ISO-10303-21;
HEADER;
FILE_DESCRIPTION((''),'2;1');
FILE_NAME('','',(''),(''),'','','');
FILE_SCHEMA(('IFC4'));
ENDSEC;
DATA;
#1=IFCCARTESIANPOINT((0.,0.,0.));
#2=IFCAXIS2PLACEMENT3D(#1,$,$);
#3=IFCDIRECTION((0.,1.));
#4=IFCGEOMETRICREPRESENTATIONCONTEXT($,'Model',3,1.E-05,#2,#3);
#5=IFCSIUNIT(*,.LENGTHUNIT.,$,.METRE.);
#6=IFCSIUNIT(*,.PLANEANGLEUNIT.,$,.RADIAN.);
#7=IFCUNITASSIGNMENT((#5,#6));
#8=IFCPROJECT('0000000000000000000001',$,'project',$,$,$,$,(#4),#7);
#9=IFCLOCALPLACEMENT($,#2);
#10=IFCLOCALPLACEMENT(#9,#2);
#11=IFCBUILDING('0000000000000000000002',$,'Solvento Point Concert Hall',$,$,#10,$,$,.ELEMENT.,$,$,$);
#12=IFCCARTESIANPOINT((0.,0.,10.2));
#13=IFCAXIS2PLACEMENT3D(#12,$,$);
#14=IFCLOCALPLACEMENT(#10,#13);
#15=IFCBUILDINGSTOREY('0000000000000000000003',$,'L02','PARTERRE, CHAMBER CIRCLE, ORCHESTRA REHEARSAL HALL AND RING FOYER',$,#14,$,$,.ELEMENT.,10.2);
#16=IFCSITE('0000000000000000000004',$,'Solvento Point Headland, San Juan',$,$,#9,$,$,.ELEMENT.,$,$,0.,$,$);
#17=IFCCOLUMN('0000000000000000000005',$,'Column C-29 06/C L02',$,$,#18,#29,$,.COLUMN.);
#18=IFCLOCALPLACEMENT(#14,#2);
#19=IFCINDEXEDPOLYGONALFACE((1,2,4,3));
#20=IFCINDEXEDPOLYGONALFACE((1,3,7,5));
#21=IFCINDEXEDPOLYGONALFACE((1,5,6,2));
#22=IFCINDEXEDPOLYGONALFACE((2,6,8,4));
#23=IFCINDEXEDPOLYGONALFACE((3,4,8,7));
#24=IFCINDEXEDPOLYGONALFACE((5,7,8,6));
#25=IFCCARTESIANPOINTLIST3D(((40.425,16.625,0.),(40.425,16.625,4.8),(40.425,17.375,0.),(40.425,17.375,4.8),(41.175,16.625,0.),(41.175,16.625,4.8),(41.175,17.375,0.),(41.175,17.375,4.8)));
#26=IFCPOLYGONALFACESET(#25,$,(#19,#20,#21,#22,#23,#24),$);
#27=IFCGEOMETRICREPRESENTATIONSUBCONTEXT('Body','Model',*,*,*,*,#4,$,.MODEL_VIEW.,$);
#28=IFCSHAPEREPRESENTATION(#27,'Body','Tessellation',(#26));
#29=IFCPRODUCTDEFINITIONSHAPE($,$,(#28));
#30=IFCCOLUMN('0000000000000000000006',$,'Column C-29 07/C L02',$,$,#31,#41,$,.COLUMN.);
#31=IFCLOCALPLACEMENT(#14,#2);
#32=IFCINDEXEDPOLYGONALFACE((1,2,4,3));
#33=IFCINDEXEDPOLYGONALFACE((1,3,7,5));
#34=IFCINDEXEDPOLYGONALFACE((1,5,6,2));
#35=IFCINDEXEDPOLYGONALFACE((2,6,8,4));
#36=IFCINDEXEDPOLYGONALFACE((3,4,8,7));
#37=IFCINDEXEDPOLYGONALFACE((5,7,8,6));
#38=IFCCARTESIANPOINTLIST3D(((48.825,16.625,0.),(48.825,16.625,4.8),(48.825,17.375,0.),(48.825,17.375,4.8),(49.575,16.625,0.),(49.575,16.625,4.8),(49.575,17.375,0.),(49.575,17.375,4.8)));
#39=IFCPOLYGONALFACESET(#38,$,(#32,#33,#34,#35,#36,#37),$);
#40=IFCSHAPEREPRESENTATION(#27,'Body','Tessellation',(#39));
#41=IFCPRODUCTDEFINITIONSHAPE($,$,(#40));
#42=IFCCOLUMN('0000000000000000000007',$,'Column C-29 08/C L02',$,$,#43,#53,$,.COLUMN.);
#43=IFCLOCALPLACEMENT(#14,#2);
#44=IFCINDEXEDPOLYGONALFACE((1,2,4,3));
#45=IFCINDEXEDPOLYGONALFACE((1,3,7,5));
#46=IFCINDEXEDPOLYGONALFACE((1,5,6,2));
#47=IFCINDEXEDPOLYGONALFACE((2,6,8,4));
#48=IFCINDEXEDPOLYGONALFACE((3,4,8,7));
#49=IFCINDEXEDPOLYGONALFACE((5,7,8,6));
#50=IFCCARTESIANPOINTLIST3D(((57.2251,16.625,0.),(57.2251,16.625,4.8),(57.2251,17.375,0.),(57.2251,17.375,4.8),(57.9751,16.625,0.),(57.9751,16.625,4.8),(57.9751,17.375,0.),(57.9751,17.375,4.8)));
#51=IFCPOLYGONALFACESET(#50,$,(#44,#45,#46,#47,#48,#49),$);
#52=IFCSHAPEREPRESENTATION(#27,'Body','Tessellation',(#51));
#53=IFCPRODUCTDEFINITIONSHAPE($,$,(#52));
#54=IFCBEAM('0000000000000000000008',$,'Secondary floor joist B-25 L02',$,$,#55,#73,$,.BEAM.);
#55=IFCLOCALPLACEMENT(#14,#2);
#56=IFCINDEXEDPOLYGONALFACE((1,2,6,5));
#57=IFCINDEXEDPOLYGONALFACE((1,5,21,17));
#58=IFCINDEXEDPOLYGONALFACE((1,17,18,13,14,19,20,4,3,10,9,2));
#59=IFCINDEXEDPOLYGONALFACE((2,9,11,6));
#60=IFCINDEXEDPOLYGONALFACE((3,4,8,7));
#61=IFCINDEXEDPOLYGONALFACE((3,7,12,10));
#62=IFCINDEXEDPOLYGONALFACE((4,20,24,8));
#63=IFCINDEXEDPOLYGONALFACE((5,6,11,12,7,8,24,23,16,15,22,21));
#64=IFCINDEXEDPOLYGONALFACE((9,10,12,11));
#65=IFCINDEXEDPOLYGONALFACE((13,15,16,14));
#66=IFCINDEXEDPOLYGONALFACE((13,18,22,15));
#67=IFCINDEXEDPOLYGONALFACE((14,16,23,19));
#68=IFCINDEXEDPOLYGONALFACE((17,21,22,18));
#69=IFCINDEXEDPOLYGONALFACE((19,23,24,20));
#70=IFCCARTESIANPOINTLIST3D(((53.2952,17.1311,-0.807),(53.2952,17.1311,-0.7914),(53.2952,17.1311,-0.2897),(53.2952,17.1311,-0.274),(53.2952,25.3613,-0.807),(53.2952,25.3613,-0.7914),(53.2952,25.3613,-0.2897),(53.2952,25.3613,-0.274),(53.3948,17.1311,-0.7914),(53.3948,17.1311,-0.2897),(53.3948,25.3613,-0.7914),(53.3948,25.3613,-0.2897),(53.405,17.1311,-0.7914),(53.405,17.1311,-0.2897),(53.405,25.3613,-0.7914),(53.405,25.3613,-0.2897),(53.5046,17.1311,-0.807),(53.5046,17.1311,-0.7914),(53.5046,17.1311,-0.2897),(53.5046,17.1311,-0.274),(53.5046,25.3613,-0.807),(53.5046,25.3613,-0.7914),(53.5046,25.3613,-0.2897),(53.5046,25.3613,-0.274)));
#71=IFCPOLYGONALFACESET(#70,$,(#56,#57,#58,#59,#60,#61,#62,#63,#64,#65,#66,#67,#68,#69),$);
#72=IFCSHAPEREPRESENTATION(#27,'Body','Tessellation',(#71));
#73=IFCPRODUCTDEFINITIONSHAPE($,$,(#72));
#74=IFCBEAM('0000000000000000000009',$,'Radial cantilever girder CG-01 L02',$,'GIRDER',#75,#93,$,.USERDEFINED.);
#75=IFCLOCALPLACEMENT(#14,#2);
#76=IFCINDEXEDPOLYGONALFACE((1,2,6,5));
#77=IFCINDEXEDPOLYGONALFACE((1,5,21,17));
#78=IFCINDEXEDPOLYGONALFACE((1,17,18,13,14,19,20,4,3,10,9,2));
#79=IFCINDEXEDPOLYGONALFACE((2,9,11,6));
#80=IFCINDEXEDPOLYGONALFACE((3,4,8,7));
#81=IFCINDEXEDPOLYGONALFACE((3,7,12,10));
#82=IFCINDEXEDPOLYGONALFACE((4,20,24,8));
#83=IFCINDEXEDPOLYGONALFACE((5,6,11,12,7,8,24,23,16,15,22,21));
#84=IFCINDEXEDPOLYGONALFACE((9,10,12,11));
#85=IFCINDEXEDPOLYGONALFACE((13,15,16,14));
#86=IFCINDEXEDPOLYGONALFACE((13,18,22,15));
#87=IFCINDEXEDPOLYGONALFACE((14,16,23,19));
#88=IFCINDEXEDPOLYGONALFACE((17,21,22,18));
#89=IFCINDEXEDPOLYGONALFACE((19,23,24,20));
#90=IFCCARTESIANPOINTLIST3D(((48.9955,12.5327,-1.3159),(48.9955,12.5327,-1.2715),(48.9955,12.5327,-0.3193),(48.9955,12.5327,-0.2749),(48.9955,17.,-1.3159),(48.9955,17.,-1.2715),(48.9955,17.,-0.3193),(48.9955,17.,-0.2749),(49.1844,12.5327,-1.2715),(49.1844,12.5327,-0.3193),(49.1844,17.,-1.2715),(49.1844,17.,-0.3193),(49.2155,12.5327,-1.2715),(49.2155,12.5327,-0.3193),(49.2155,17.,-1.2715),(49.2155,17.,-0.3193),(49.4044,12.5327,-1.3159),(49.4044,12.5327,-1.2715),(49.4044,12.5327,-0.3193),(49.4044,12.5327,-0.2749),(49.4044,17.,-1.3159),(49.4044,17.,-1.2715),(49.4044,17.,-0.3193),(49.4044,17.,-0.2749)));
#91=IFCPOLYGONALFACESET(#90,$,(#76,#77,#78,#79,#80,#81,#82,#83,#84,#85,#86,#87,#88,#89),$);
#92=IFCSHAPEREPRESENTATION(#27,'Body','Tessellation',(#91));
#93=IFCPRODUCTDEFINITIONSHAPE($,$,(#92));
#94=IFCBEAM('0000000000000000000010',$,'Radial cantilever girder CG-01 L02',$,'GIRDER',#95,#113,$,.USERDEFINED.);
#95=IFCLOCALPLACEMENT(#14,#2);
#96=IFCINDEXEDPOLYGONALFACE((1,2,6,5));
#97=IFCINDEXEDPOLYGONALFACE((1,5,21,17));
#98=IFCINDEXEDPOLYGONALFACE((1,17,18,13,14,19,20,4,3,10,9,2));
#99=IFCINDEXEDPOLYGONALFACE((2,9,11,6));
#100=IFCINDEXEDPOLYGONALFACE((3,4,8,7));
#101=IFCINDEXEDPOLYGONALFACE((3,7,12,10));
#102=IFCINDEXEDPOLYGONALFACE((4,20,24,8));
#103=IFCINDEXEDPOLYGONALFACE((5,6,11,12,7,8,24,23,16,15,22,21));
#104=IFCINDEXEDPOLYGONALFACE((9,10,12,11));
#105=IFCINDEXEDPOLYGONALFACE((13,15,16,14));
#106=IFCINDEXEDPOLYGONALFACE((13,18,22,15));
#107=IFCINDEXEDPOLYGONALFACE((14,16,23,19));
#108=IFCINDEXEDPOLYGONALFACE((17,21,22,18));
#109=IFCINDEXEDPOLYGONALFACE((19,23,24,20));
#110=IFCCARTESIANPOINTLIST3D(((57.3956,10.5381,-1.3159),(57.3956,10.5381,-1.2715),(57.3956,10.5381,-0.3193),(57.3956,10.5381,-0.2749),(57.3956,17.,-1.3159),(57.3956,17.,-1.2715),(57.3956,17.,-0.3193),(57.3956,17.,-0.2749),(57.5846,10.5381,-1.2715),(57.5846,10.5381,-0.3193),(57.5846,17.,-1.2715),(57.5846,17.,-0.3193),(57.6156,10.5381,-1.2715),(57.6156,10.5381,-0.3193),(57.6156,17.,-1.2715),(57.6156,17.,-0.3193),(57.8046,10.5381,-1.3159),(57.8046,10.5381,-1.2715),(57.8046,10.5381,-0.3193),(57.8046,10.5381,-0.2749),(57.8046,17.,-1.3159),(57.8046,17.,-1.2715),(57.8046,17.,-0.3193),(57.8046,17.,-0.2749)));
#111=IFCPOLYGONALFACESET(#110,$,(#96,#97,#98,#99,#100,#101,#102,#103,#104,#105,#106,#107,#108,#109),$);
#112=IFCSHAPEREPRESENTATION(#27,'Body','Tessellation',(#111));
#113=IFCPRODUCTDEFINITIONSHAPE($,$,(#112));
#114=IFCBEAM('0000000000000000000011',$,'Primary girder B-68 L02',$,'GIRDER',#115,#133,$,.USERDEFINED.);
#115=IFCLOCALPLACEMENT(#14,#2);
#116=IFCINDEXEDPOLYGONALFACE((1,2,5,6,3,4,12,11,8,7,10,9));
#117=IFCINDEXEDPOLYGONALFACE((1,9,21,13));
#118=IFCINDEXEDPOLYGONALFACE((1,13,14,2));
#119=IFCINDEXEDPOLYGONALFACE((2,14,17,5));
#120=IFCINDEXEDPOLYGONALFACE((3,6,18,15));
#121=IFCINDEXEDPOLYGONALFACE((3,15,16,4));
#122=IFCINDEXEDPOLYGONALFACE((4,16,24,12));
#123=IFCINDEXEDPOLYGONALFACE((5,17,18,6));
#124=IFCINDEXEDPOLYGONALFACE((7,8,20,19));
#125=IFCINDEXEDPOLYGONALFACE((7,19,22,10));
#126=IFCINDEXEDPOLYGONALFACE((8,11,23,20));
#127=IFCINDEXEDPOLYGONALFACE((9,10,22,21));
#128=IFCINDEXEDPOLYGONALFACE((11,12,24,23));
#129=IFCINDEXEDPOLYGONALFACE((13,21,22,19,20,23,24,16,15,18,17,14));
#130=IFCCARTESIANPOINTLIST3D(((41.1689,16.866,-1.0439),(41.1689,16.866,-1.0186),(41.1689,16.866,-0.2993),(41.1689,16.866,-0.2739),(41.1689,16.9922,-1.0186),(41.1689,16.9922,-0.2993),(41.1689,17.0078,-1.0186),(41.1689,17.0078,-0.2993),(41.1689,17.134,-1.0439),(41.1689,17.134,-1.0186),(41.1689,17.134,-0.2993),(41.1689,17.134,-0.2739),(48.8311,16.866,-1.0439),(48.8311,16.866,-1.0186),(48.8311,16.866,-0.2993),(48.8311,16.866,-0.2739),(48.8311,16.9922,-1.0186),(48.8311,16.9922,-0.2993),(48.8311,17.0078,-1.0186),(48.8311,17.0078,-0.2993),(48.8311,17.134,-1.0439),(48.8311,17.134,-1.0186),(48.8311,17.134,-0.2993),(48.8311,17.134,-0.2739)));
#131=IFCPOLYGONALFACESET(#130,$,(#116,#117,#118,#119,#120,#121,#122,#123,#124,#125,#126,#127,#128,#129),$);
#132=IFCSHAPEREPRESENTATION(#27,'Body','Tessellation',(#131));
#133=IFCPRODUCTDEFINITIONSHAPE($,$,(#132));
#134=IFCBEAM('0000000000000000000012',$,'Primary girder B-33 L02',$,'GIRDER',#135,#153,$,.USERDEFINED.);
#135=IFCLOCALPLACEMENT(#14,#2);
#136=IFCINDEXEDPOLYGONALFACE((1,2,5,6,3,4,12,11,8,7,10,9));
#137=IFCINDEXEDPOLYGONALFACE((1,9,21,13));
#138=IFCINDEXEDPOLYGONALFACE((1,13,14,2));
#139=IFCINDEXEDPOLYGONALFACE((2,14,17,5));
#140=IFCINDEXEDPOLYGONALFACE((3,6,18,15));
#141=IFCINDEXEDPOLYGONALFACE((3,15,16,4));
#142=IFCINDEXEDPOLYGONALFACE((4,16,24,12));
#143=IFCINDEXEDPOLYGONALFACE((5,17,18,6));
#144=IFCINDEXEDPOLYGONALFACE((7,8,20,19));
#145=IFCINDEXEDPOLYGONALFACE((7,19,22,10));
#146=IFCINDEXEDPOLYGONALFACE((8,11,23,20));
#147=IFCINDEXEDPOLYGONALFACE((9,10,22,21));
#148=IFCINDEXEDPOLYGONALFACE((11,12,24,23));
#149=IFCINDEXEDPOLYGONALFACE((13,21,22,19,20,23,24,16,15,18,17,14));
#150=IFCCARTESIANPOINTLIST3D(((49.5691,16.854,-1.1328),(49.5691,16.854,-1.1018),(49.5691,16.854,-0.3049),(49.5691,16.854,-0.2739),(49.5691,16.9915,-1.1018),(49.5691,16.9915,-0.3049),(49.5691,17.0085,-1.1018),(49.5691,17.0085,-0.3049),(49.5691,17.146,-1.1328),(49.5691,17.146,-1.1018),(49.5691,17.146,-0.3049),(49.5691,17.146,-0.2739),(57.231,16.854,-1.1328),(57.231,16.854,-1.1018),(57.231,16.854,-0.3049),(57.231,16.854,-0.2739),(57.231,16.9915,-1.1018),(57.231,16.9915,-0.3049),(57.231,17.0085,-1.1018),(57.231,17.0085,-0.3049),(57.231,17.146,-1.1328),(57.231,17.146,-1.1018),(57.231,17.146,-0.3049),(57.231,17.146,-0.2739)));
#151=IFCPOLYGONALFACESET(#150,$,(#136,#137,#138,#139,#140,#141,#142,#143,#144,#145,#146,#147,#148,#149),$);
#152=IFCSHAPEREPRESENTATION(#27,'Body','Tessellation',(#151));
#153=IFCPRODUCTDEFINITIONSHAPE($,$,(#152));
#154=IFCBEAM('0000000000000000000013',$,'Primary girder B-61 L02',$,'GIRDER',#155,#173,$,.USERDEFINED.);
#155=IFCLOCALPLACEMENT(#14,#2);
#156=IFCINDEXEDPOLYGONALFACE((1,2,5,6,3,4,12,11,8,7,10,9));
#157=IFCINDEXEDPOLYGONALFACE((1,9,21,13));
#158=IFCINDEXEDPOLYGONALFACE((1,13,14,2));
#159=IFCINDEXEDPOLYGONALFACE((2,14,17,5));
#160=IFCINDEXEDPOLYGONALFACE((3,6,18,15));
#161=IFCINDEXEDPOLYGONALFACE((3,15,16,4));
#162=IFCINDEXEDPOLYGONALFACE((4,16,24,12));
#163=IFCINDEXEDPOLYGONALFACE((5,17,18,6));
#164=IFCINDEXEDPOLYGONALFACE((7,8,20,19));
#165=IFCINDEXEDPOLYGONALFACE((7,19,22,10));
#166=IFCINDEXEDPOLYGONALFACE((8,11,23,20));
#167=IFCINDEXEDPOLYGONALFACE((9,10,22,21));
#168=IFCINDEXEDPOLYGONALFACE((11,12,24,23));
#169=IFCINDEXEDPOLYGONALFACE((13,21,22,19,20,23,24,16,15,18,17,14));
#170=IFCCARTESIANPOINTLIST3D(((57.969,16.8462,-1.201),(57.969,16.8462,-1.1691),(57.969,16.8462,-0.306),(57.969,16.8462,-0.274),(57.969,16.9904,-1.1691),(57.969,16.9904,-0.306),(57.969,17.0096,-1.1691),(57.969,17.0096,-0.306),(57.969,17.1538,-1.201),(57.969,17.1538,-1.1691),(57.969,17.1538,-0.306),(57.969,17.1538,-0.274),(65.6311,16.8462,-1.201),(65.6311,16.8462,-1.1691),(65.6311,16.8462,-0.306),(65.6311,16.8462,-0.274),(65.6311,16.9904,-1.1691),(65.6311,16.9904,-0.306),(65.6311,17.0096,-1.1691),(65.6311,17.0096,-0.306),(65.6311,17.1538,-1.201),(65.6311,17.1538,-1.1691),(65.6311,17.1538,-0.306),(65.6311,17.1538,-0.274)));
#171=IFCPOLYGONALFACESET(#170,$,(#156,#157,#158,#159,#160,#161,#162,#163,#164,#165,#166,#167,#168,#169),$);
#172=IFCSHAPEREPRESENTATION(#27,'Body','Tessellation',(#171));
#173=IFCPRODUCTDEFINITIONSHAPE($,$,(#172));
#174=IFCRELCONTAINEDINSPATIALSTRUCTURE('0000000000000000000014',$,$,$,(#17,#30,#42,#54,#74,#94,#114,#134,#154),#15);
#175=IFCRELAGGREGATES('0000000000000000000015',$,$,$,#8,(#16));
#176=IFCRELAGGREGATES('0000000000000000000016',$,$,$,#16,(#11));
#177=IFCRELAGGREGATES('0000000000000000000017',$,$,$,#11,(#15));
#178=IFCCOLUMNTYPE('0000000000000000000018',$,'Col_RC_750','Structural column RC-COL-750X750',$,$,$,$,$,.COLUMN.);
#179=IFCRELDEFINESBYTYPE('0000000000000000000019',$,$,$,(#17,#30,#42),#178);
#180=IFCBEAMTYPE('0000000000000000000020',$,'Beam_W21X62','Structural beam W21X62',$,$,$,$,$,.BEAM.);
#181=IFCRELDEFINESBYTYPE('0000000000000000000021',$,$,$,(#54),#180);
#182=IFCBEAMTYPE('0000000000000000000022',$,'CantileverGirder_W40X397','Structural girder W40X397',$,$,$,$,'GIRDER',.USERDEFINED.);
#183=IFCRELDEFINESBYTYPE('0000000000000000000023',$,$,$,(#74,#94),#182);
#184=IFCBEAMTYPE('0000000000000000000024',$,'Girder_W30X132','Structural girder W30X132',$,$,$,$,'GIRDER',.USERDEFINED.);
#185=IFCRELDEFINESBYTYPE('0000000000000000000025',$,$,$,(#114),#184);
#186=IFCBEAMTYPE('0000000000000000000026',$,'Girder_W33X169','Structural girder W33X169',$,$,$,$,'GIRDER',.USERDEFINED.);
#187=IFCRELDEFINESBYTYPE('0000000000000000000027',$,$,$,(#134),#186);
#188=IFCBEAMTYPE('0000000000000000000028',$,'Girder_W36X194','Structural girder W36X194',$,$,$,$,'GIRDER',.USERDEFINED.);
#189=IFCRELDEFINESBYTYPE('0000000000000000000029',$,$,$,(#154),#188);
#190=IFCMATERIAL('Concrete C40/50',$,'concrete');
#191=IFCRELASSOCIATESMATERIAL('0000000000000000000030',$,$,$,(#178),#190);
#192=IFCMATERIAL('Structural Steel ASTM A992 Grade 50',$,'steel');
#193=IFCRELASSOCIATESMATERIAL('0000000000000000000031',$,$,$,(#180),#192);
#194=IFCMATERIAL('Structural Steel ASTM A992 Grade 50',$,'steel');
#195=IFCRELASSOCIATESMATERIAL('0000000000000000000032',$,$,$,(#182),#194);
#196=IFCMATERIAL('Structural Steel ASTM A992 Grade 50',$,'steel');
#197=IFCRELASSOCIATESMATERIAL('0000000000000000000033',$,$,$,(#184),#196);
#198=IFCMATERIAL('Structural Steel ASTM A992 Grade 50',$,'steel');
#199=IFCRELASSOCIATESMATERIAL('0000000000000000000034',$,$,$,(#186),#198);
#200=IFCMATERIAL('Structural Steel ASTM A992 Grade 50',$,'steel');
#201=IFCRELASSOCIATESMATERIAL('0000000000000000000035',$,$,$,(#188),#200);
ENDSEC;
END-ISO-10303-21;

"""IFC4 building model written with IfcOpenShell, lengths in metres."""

from ifc_helpers import new_model, si_unit, direction, frame, origin, origin_2d, place, context, subcontext, project, spatial, rectangle, i_section, extrude, material, material_profile, profile_set, type_object, element, save


model = new_model("IFC4")

# Units and contexts
model_context = context("Model", 3, precision=1e-05, world=origin(), true_north=direction((0.0, 1.0)))
body_context = subcontext(model_context, "Body", "Model", "MODEL_VIEW")
ifc_project = project(units=[si_unit("LENGTHUNIT", "METRE"), si_unit("PLANEANGLEUNIT", "RADIAN")], contexts=[model_context])

# Site, building, storey
site_placement = place(None, origin())
site = spatial("IfcSite", under=ifc_project, at=site_placement, Name="Solvento Point Headland, San Juan", CompositionType="ELEMENT", RefElevation=0.0)
building_placement = place(site_placement, origin())
building = spatial("IfcBuilding", under=site, at=building_placement, Name="Solvento Point Concert Hall", CompositionType="ELEMENT")
storey_placement = place(building_placement, frame((0.0, 0.0, 10.2)))
storey = spatial("IfcBuildingStorey", under=building, at=storey_placement, Name="L02", Description="PARTERRE, CHAMBER CIRCLE, ORCHESTRA REHEARSAL HALL AND RING FOYER", CompositionType="ELEMENT", Elevation=10.2)

# Columns
ifc_material_1 = material(Name="Concrete C40/50", Category="concrete")
ifc_material_profile_1 = material_profile(ifc_material_1, rectangle(XDim=0.75, YDim=0.75, at=origin_2d()), Name="RC-COL-750X750")
ifc_profile_set_1 = profile_set([ifc_material_profile_1], Name="Concrete C40/50")
column_type = type_object("IfcColumnType", Name="Col_RC_750", Description="Structural column RC-COL-750X750", PredefinedType="COLUMN", material=ifc_profile_set_1)
for number, where, z_axis, x_axis, name in (
    (1, (40.8, 17.0, 0.0), (0.0, 0.0, 1.0), (1.0, 0.0, 0.0), "Column C-29 06/C L02"),
    (2, (49.2, 17.0, 0.0), (0.0, 0.0, 1.0), (1.0, 0.0, 0.0), "Column C-29 07/C L02"),
    (3, (57.6001, 17.0, 0.0), (0.0, 0.0, 1.0), (1.0, 0.0, 0.0), "Column C-29 08/C L02"),
):
    element("IfcColumn", number, at=place(storey_placement, frame(where, z_axis=z_axis, x_axis=x_axis)), inside=storey, type_object=column_type, Name=name, PredefinedType="COLUMN", context=body_context, shape_type="SweptSolid", body=[
        extrude(rectangle(XDim=0.75, YDim=0.75, at=origin_2d()), origin(), (0.0, 0.0, 1.0), 4.8),
    ])

# Beams
ifc_material_2 = material(Name="Structural Steel ASTM A992 Grade 50", Category="steel")
ifc_material_profile_2 = material_profile(ifc_material_2, i_section(OverallWidth=0.2095, OverallDepth=0.533, WebThickness=0.0103, FlangeThickness=0.0156, at=origin_2d()), Name="W21X62")
ifc_profile_set_2 = profile_set([ifc_material_profile_2], Name="Structural Steel ASTM A992 Grade 50")
beam_type_1 = type_object("IfcBeamType", Name="Beam_W21X62", Description="Structural beam W21X62", PredefinedType="BEAM", material=ifc_profile_set_2)
beam_1_placement = place(storey_placement, frame((53.3999, 17.1311, -0.5405), z_axis=(0.0, 1.0, 0.0), x_axis=(-1.0, 0.0, 0.0)))
element("IfcBeam", 4, at=beam_1_placement, inside=storey, type_object=beam_type_1, Name="Secondary floor joist B-25 L02", PredefinedType="BEAM", context=body_context, shape_type="SweptSolid", body=[
    extrude(i_section(OverallWidth=0.2095, OverallDepth=0.533, WebThickness=0.0103, FlangeThickness=0.0156, at=origin_2d()), origin(), (0.0, 0.0, 1.0), 8.2302),
])
ifc_material_3 = material(Name="Structural Steel ASTM A992 Grade 50", Category="steel")
ifc_material_profile_3 = material_profile(ifc_material_3, i_section(OverallWidth=0.4089, OverallDepth=1.041, WebThickness=0.031, FlangeThickness=0.0444, at=origin_2d()), Name="W40X397")
ifc_profile_set_3 = profile_set([ifc_material_profile_3], Name="Structural Steel ASTM A992 Grade 50")
beam_type_2 = type_object("IfcBeamType", Name="CantileverGirder_W40X397", Description="Structural girder W40X397", ElementType="GIRDER", PredefinedType="USERDEFINED", material=ifc_profile_set_3)
beam_2_placement = place(storey_placement, frame((49.2, 17.0, -0.7954), z_axis=(0.0, -1.0, 0.0), x_axis=(1.0, 0.0, 0.0)))
element("IfcBeam", 5, at=beam_2_placement, inside=storey, type_object=beam_type_2, Name="Radial cantilever girder CG-01 L02", ObjectType="GIRDER", PredefinedType="USERDEFINED", context=body_context, shape_type="SweptSolid", body=[
    extrude(i_section(OverallWidth=0.4089, OverallDepth=1.041, WebThickness=0.031, FlangeThickness=0.0444, at=origin_2d()), origin(), (0.0, 0.0, 1.0), 4.4673),
])
beam_3_placement = place(storey_placement, frame((57.6001, 17.0, -0.7954), z_axis=(0.0, -1.0, 0.0), x_axis=(1.0, 0.0, 0.0)))
element("IfcBeam", 6, at=beam_3_placement, inside=storey, type_object=beam_type_2, Name="Radial cantilever girder CG-01 L02", ObjectType="GIRDER", PredefinedType="USERDEFINED", context=body_context, shape_type="SweptSolid", body=[
    extrude(i_section(OverallWidth=0.4089, OverallDepth=1.041, WebThickness=0.031, FlangeThickness=0.0444, at=origin_2d()), origin(), (0.0, 0.0, 1.0), 6.4619),
])
ifc_material_4 = material(Name="Structural Steel ASTM A992 Grade 50", Category="steel")
ifc_material_profile_4 = material_profile(ifc_material_4, i_section(OverallWidth=0.2681, OverallDepth=0.77, WebThickness=0.0156, FlangeThickness=0.0254, at=origin_2d()), Name="W30X132")
ifc_profile_set_4 = profile_set([ifc_material_profile_4], Name="Structural Steel ASTM A992 Grade 50")
beam_type_3 = type_object("IfcBeamType", Name="Girder_W30X132", Description="Structural girder W30X132", ElementType="GIRDER", PredefinedType="USERDEFINED", material=ifc_profile_set_4)
beam_4_placement = place(storey_placement, frame((41.1689, 17.0, -0.6589), z_axis=(1.0, 0.0, 0.0), x_axis=(0.0, 1.0, 0.0)))
element("IfcBeam", 7, at=beam_4_placement, inside=storey, type_object=beam_type_3, Name="Primary girder B-68 L02", ObjectType="GIRDER", PredefinedType="USERDEFINED", context=body_context, shape_type="SweptSolid", body=[
    extrude(i_section(OverallWidth=0.2681, OverallDepth=0.77, WebThickness=0.0156, FlangeThickness=0.0254, at=origin_2d()), origin(), (0.0, 0.0, 1.0), 7.6621),
])
ifc_material_5 = material(Name="Structural Steel ASTM A992 Grade 50", Category="steel")
ifc_material_profile_5 = material_profile(ifc_material_5, i_section(OverallWidth=0.292, OverallDepth=0.8589, WebThickness=0.0171, FlangeThickness=0.031, at=origin_2d()), Name="W33X169")
ifc_profile_set_5 = profile_set([ifc_material_profile_5], Name="Structural Steel ASTM A992 Grade 50")
beam_type_4 = type_object("IfcBeamType", Name="Girder_W33X169", Description="Structural girder W33X169", ElementType="GIRDER", PredefinedType="USERDEFINED", material=ifc_profile_set_5)
beam_5_placement = place(storey_placement, frame((49.5691, 17.0, -0.7034), z_axis=(1.0, 0.0, 0.0), x_axis=(0.0, 1.0, 0.0)))
element("IfcBeam", 8, at=beam_5_placement, inside=storey, type_object=beam_type_4, Name="Primary girder B-33 L02", ObjectType="GIRDER", PredefinedType="USERDEFINED", context=body_context, shape_type="SweptSolid", body=[
    extrude(i_section(OverallWidth=0.292, OverallDepth=0.8589, WebThickness=0.0171, FlangeThickness=0.031, at=origin_2d()), origin(), (0.0, 0.0, 1.0), 7.6619),
])
ifc_material_6 = material(Name="Structural Steel ASTM A992 Grade 50", Category="steel")
ifc_material_profile_6 = material_profile(ifc_material_6, i_section(OverallWidth=0.3076, OverallDepth=0.927, WebThickness=0.0193, FlangeThickness=0.032, at=origin_2d()), Name="W36X194")
ifc_profile_set_6 = profile_set([ifc_material_profile_6], Name="Structural Steel ASTM A992 Grade 50")
beam_type_5 = type_object("IfcBeamType", Name="Girder_W36X194", Description="Structural girder W36X194", ElementType="GIRDER", PredefinedType="USERDEFINED", material=ifc_profile_set_6)
beam_6_placement = place(storey_placement, frame((57.969, 17.0, -0.7375), z_axis=(1.0, 0.0, 0.0), x_axis=(0.0, 1.0, 0.0)))
element("IfcBeam", 9, at=beam_6_placement, inside=storey, type_object=beam_type_5, Name="Primary girder B-61 L02", ObjectType="GIRDER", PredefinedType="USERDEFINED", context=body_context, shape_type="SweptSolid", body=[
    extrude(i_section(OverallWidth=0.3076, OverallDepth=0.927, WebThickness=0.0193, FlangeThickness=0.032, at=origin_2d()), origin(), (0.0, 0.0, 1.0), 7.6621),
])

save(model, "model.ifc")
